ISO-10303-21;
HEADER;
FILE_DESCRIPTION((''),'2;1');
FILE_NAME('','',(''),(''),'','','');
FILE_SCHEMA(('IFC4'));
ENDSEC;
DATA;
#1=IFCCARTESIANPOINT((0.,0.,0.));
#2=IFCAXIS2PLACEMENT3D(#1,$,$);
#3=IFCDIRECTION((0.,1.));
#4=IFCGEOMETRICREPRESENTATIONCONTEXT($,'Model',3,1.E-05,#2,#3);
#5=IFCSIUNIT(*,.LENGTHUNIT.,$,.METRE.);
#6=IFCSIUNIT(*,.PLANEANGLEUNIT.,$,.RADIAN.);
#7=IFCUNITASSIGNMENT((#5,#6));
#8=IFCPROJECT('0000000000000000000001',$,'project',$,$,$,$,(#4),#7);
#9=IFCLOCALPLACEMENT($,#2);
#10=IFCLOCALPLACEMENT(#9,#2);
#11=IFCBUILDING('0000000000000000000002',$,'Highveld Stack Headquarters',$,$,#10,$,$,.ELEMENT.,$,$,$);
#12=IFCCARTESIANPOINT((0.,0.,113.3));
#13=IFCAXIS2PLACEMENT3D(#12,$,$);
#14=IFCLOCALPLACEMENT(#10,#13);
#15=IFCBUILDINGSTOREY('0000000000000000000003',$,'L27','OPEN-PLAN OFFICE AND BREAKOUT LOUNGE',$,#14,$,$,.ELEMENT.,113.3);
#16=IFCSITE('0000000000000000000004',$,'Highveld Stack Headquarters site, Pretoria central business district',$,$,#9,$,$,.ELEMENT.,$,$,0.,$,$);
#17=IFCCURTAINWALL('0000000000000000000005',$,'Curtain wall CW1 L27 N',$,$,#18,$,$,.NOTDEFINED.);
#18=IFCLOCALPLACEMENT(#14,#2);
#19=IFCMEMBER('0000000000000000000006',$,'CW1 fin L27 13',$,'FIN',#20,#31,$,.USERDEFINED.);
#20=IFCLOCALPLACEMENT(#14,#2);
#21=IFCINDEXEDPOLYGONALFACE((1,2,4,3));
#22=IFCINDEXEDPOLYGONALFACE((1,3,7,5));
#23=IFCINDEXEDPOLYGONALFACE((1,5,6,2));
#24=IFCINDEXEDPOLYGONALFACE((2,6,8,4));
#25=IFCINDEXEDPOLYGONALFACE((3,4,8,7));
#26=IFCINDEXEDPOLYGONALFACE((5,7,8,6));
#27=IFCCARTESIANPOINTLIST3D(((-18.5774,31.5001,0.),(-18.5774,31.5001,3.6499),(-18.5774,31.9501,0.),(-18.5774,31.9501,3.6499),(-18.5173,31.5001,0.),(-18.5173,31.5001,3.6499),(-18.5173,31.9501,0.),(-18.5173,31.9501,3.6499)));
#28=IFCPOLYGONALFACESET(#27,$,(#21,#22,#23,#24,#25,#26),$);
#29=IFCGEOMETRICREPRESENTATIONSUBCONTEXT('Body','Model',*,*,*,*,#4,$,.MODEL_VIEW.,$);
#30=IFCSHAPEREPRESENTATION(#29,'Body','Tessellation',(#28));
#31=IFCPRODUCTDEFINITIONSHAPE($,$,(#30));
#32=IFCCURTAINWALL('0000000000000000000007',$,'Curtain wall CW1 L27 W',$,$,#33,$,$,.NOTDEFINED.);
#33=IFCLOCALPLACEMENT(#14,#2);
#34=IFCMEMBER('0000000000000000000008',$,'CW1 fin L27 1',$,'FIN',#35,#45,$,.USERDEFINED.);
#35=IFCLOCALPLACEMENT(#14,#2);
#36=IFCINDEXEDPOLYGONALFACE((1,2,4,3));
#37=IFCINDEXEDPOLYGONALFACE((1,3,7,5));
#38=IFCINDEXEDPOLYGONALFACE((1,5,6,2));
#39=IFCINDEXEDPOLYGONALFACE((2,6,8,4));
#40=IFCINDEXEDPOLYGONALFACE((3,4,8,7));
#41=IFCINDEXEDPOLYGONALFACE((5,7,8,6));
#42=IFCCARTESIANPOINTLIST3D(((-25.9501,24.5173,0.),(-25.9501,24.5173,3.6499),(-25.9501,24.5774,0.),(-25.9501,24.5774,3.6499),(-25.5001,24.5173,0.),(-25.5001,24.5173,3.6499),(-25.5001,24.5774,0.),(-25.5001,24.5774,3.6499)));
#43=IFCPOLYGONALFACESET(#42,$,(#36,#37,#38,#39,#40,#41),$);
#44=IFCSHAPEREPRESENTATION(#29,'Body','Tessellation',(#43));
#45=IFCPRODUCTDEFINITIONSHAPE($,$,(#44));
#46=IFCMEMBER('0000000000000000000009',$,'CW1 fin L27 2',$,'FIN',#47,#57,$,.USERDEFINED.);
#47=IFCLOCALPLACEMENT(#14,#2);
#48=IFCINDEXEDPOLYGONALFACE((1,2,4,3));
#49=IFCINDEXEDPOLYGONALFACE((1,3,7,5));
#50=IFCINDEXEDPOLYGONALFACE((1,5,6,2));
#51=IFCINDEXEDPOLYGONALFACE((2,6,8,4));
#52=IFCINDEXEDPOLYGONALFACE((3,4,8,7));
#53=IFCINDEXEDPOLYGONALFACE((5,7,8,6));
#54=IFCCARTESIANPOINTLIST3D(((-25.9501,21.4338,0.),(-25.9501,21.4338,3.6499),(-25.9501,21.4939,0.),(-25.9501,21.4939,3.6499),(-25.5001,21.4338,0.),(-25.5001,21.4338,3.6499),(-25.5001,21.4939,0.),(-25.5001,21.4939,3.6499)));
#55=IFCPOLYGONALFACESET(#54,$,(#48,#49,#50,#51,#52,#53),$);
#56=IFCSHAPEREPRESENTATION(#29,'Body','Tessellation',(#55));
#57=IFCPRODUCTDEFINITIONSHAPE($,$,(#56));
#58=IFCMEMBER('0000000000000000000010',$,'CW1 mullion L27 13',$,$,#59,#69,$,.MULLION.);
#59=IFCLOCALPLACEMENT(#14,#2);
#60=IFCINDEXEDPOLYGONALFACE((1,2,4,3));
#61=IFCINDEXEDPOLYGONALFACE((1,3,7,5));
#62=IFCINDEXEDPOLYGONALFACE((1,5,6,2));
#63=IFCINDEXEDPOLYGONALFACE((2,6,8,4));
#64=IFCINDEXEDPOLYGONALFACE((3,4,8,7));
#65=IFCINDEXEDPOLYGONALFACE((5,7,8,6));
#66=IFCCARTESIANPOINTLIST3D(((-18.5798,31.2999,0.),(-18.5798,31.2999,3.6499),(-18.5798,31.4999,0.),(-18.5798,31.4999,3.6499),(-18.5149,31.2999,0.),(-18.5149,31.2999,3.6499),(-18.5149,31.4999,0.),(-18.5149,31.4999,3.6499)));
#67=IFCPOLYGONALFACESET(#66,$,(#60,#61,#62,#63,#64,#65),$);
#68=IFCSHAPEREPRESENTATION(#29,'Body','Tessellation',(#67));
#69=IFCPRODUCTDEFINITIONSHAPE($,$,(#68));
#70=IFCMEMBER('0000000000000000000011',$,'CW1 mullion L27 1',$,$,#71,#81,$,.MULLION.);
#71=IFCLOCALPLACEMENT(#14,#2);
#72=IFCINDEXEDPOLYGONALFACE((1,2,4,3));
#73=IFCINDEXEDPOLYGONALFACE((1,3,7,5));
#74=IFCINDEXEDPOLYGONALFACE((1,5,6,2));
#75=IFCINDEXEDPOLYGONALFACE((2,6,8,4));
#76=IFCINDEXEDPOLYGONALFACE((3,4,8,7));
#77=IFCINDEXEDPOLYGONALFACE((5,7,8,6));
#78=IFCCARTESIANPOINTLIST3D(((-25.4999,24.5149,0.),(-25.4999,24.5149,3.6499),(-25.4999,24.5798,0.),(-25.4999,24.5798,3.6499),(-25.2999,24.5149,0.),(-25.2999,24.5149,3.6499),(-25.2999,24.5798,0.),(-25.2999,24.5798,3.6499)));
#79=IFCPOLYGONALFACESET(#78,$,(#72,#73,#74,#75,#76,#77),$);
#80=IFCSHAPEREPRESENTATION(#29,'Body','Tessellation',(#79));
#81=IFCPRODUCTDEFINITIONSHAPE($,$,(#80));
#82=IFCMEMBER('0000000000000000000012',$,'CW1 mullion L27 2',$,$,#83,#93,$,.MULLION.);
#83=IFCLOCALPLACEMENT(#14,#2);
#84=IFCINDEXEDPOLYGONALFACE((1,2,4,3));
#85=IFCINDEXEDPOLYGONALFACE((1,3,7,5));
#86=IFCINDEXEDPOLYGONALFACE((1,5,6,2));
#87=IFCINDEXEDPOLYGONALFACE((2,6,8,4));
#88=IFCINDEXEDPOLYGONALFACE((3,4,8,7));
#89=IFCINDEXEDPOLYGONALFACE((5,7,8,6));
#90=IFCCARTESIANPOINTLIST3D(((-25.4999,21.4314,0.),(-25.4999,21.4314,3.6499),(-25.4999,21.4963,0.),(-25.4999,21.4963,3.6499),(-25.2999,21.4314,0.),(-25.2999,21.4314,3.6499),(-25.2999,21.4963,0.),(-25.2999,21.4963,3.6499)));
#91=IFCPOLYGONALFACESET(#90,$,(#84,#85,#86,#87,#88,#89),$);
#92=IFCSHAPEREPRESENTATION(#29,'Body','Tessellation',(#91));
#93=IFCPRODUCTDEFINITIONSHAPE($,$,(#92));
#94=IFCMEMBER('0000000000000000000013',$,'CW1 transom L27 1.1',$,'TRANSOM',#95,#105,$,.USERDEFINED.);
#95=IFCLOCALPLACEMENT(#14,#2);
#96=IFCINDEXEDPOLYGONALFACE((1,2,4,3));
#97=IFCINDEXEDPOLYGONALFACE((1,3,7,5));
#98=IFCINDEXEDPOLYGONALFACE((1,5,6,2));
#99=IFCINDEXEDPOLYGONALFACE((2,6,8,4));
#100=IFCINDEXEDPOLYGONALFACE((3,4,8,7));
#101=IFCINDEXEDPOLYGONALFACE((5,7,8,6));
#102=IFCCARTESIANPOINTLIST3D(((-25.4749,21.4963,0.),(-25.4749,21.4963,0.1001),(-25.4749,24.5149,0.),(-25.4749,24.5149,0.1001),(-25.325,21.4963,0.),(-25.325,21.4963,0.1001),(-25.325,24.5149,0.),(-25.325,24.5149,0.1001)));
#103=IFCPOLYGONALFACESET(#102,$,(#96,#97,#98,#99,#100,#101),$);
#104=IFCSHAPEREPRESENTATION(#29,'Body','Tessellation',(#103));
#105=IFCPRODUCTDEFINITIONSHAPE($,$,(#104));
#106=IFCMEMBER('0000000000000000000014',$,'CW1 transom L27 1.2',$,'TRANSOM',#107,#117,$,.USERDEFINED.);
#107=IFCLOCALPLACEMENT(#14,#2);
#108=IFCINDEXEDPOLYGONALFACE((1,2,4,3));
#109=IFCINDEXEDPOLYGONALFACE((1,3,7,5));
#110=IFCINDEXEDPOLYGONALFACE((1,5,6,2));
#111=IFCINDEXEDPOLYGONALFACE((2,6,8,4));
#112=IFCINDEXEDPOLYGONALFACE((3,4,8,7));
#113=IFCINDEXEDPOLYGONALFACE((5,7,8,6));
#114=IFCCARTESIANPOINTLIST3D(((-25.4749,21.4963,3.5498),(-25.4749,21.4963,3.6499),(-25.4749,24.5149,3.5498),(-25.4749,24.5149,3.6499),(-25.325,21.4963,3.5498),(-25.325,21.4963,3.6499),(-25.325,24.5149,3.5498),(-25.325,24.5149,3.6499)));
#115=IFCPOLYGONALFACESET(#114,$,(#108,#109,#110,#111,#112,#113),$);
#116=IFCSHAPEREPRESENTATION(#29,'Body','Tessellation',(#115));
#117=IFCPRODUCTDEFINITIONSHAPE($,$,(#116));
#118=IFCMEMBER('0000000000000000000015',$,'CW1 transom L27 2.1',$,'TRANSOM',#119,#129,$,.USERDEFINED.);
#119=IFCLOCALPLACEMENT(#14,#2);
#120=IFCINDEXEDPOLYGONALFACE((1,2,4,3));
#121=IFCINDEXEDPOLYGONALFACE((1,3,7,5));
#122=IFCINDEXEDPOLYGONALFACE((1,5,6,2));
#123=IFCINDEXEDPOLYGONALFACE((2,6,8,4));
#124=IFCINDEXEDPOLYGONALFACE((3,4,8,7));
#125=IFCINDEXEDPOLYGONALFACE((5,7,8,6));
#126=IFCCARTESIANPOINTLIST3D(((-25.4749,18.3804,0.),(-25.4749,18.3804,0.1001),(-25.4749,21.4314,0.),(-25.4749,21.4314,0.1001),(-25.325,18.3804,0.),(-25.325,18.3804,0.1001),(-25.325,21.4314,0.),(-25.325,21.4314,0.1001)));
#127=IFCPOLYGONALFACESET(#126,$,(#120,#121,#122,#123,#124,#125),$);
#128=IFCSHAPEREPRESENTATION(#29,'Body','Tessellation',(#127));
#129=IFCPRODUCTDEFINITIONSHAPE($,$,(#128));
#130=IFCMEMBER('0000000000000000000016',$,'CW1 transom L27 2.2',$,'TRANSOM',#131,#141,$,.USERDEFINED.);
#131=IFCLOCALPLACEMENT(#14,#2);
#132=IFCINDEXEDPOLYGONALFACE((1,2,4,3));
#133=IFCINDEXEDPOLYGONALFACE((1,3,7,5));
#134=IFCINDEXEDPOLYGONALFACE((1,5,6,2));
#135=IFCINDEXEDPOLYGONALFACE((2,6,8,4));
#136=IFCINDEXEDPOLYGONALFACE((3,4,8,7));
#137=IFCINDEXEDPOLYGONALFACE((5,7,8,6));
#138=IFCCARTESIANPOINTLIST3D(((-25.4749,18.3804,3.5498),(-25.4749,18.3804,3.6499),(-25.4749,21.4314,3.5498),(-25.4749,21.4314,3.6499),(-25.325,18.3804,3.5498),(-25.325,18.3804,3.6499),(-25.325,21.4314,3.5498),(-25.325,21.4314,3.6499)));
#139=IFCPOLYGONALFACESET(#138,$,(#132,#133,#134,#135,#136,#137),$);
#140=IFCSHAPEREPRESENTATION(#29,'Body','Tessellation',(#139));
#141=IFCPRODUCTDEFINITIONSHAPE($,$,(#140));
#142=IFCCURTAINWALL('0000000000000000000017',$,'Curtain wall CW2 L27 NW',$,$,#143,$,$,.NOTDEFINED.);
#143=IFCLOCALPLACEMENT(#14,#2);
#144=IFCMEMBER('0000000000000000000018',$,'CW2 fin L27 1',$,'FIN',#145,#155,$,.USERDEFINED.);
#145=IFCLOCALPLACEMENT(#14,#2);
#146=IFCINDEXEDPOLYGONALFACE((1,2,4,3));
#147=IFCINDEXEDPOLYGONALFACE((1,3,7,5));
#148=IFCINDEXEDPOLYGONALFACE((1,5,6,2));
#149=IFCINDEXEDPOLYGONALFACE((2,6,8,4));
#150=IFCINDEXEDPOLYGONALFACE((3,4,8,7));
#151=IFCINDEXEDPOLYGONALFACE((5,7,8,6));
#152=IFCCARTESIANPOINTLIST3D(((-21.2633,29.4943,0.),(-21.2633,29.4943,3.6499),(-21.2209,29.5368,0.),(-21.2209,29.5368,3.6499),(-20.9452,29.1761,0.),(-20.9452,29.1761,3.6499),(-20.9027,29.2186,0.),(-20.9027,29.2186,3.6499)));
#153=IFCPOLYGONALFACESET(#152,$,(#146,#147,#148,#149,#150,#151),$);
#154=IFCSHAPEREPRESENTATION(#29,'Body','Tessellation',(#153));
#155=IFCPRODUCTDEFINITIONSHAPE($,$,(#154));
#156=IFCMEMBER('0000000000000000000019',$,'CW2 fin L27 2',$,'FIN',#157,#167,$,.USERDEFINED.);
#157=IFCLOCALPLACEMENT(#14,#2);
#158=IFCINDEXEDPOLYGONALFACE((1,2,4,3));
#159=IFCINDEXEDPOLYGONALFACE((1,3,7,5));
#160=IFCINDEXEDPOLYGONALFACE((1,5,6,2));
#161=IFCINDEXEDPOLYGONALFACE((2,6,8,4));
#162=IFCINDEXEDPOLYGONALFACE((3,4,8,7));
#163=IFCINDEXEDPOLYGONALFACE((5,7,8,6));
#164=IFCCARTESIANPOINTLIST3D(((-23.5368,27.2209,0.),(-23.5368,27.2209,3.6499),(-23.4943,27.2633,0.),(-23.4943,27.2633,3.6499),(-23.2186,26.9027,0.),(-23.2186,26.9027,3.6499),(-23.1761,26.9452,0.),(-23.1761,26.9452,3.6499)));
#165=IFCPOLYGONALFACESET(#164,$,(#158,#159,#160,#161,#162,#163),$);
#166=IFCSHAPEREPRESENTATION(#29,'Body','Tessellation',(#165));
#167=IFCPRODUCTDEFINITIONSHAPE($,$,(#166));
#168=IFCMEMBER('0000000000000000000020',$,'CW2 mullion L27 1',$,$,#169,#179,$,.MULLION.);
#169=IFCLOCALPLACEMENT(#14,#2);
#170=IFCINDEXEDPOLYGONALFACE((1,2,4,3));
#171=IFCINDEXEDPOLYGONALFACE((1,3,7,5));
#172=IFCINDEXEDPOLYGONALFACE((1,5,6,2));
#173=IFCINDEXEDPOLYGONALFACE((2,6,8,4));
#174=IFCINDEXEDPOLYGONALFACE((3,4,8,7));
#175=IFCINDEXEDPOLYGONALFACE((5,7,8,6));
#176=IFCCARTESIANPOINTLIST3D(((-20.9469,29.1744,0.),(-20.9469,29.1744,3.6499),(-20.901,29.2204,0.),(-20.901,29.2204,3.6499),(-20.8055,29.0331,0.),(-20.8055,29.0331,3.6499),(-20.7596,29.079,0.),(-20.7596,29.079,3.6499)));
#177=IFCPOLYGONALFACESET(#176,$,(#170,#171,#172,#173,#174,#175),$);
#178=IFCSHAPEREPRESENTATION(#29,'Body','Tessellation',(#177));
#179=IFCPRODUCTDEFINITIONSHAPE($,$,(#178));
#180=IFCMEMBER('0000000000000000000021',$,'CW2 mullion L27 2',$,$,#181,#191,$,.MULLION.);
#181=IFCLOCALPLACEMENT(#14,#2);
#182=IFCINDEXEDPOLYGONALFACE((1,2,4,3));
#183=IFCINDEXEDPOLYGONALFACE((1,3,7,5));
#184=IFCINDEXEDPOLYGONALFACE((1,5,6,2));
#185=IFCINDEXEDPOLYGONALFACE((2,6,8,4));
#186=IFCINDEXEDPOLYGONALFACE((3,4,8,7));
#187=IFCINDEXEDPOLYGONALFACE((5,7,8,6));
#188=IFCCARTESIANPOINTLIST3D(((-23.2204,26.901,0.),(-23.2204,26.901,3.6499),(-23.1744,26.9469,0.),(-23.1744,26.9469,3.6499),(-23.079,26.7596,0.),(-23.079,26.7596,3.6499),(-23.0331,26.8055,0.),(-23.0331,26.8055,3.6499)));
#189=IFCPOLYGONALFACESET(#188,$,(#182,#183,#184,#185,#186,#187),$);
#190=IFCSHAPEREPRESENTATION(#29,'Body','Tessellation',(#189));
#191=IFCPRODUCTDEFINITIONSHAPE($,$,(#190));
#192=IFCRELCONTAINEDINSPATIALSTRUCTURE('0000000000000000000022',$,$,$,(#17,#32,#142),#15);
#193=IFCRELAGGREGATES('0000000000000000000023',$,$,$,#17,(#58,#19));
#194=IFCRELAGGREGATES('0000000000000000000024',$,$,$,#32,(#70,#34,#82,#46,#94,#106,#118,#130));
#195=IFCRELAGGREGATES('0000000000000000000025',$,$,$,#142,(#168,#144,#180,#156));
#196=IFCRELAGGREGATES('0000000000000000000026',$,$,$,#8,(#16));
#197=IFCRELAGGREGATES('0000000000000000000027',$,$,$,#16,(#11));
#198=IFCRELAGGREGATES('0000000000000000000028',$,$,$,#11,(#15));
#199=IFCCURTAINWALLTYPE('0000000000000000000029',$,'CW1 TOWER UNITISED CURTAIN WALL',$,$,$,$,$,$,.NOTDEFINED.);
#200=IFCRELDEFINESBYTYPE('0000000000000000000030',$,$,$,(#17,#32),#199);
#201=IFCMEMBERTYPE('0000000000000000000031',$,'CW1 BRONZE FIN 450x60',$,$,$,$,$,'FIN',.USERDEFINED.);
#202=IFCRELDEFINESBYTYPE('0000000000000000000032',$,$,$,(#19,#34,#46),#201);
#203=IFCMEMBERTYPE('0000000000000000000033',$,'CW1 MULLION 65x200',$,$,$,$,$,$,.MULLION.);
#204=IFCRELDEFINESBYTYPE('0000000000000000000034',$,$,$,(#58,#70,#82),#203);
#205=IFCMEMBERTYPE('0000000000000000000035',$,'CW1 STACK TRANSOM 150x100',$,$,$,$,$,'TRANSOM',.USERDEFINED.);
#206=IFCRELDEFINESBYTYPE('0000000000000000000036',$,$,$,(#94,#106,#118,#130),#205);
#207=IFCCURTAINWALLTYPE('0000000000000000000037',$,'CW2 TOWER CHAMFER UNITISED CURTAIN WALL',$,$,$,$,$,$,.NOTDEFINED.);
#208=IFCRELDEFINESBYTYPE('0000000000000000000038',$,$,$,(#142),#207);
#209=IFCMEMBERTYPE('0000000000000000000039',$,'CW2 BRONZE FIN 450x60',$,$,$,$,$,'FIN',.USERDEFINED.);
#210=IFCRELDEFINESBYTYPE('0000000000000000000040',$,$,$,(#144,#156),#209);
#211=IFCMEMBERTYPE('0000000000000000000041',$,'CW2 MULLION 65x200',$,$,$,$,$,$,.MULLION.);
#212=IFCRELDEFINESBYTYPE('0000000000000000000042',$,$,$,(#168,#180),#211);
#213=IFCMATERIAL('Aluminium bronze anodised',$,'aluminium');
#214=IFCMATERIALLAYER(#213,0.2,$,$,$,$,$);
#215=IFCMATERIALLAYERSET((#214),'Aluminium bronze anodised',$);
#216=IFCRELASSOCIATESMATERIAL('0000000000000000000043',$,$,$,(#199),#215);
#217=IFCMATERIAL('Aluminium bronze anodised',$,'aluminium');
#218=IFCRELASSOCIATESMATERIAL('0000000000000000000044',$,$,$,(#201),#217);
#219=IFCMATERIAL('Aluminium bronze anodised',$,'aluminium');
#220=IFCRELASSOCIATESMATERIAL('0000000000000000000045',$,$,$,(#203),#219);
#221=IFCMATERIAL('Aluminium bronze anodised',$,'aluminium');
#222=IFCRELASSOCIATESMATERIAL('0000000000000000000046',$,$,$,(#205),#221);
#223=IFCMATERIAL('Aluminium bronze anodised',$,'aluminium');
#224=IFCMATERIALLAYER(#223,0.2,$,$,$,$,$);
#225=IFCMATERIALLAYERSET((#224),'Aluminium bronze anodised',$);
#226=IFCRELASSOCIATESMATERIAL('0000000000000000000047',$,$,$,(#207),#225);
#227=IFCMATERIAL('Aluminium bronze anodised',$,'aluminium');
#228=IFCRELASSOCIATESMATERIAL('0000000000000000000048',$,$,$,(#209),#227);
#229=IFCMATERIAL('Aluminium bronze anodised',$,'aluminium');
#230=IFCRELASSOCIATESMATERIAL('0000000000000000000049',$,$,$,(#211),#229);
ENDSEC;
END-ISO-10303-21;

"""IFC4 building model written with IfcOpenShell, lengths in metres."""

from ifc_helpers import new_model, si_unit, direction, frame, origin, origin_2d, place, context, subcontext, project, spatial, rectangle, extrude, material, layer, layer_set, material_profile, profile_set, type_object, element, aggregate, save


model = new_model("IFC4")

# Units and contexts
model_context = context("Model", 3, precision=1e-05, world=origin(), true_north=direction((0.0, 1.0)))
body_context = subcontext(model_context, "Body", "Model", "MODEL_VIEW")
ifc_project = project(units=[si_unit("LENGTHUNIT", "METRE"), si_unit("PLANEANGLEUNIT", "RADIAN")], contexts=[model_context])

# Site, building, storey
site_placement = place(None, origin())
site = spatial("IfcSite", under=ifc_project, at=site_placement, Name="Highveld Stack Headquarters site, Pretoria central business district", CompositionType="ELEMENT", RefElevation=0.0)
building_placement = place(site_placement, origin())
building = spatial("IfcBuilding", under=site, at=building_placement, Name="Highveld Stack Headquarters", CompositionType="ELEMENT")
storey_placement = place(building_placement, frame((0.0, 0.0, 113.3)))
storey = spatial("IfcBuildingStorey", under=building, at=storey_placement, Name="L27", Description="OPEN-PLAN OFFICE AND BREAKOUT LOUNGE", CompositionType="ELEMENT", Elevation=113.3)

# Curtain wall, member
ifc_material_1 = material(Name="Aluminium bronze anodised", Category="aluminium")
ifc_layer_1 = layer(ifc_material_1, 0.2)
ifc_layer_set_1 = layer_set([ifc_layer_1], Name="Aluminium bronze anodised")
curtain_wall_type_1 = type_object("IfcCurtainWallType", Name="CW1 TOWER UNITISED CURTAIN WALL", PredefinedType="NOTDEFINED", material=ifc_layer_set_1)
curtain_wall_1_placement = place(storey_placement, origin())
curtain_wall_1 = element("IfcCurtainWall", 1, at=curtain_wall_1_placement, inside=storey, type_object=curtain_wall_type_1, Name="Curtain wall CW1 L27 N", PredefinedType="NOTDEFINED")
ifc_material_2 = material(Name="Aluminium bronze anodised", Category="aluminium")
ifc_material_profile_1 = material_profile(ifc_material_2, rectangle(XDim=0.45, YDim=0.0601, at=origin_2d()), Name="FIN 450x60")
ifc_profile_set_1 = profile_set([ifc_material_profile_1], Name="Aluminium bronze anodised")
member_type_1 = type_object("IfcMemberType", Name="CW1 BRONZE FIN 450x60", ElementType="FIN", PredefinedType="USERDEFINED", material=ifc_profile_set_1)
member_1_placement = place(storey_placement, frame((-18.5474, 31.7251, 0.0), z_axis=(0.0, 0.0, 1.0), x_axis=(0.0, -1.0, 0.0)))
member_1 = element("IfcMember", 2, at=member_1_placement, type_object=member_type_1, Name="CW1 fin L27 13", ObjectType="FIN", PredefinedType="USERDEFINED", context=body_context, shape_type="SweptSolid", body=[
    extrude(rectangle(XDim=0.45, YDim=0.0601, at=origin_2d()), origin(), (0.0, 0.0, 1.0), 3.6499),
])

# Curtain wall, members
curtain_wall_2_placement = place(storey_placement, origin())
curtain_wall_2 = element("IfcCurtainWall", 3, at=curtain_wall_2_placement, inside=storey, type_object=curtain_wall_type_1, Name="Curtain wall CW1 L27 W", PredefinedType="NOTDEFINED")
member_2_placement = place(storey_placement, frame((-25.7251, 24.5474, 0.0), z_axis=(0.0, 0.0, 1.0), x_axis=(1.0, 0.0, 0.0)))
member_2 = element("IfcMember", 4, at=member_2_placement, type_object=member_type_1, Name="CW1 fin L27 1", ObjectType="FIN", PredefinedType="USERDEFINED", context=body_context, shape_type="SweptSolid", body=[
    extrude(rectangle(XDim=0.45, YDim=0.0601, at=origin_2d()), origin(), (0.0, 0.0, 1.0), 3.6499),
])
member_3_placement = place(storey_placement, frame((-25.7251, 21.4639, 0.0), z_axis=(0.0, 0.0, 1.0), x_axis=(1.0, 0.0, 0.0)))
member_3 = element("IfcMember", 5, at=member_3_placement, type_object=member_type_1, Name="CW1 fin L27 2", ObjectType="FIN", PredefinedType="USERDEFINED", context=body_context, shape_type="SweptSolid", body=[
    extrude(rectangle(XDim=0.45, YDim=0.0601, at=origin_2d()), origin(), (0.0, 0.0, 1.0), 3.6499),
])

# Members
ifc_material_3 = material(Name="Aluminium bronze anodised", Category="aluminium")
ifc_material_profile_2 = material_profile(ifc_material_3, rectangle(XDim=0.2, YDim=0.0649, at=origin_2d()), Name="CW1 MULLION 65x200")
ifc_profile_set_2 = profile_set([ifc_material_profile_2], Name="Aluminium bronze anodised")
member_type_2 = type_object("IfcMemberType", Name="CW1 MULLION 65x200", PredefinedType="MULLION", material=ifc_profile_set_2)
member_4_placement = place(storey_placement, frame((-18.5474, 31.3999, 0.0), z_axis=(0.0, 0.0, 1.0), x_axis=(0.0, -1.0, 0.0)))
member_4 = element("IfcMember", 6, at=member_4_placement, type_object=member_type_2, Name="CW1 mullion L27 13", PredefinedType="MULLION", context=body_context, shape_type="SweptSolid", body=[
    extrude(rectangle(XDim=0.2, YDim=0.0649, at=origin_2d()), origin(), (0.0, 0.0, 1.0), 3.6499),
])
aggregate(curtain_wall_1, [member_4, member_1])
member_5_placement = place(storey_placement, frame((-25.3999, 24.5474, 0.0), z_axis=(0.0, 0.0, 1.0), x_axis=(1.0, 0.0, 0.0)))
member_5 = element("IfcMember", 7, at=member_5_placement, type_object=member_type_2, Name="CW1 mullion L27 1", PredefinedType="MULLION", context=body_context, shape_type="SweptSolid", body=[
    extrude(rectangle(XDim=0.2, YDim=0.0649, at=origin_2d()), origin(), (0.0, 0.0, 1.0), 3.6499),
])
member_6_placement = place(storey_placement, frame((-25.3999, 21.4639, 0.0), z_axis=(0.0, 0.0, 1.0), x_axis=(1.0, 0.0, 0.0)))
member_6 = element("IfcMember", 8, at=member_6_placement, type_object=member_type_2, Name="CW1 mullion L27 2", PredefinedType="MULLION", context=body_context, shape_type="SweptSolid", body=[
    extrude(rectangle(XDim=0.2, YDim=0.0649, at=origin_2d()), origin(), (0.0, 0.0, 1.0), 3.6499),
])
ifc_material_4 = material(Name="Aluminium bronze anodised", Category="aluminium")
ifc_material_profile_3 = material_profile(ifc_material_4, rectangle(XDim=0.1499, YDim=0.1001, at=origin_2d()), Name="CW1 TRANSOM 150x100")
ifc_profile_set_3 = profile_set([ifc_material_profile_3], Name="Aluminium bronze anodised")
member_type_3 = type_object("IfcMemberType", Name="CW1 STACK TRANSOM 150x100", ElementType="TRANSOM", PredefinedType="USERDEFINED", material=ifc_profile_set_3)
member_7_placement = place(storey_placement, frame((-25.3999, 24.5149, 0.05), z_axis=(0.0, -1.0, 0.0), x_axis=(1.0, 0.0, 0.0)))
member_7 = element("IfcMember", 9, at=member_7_placement, type_object=member_type_3, Name="CW1 transom L27 1.1", ObjectType="TRANSOM", PredefinedType="USERDEFINED", context=body_context, shape_type="SweptSolid", body=[
    extrude(rectangle(XDim=0.1499, YDim=0.1001, at=origin_2d()), origin(), (0.0, 0.0, 1.0), 3.0186),
])
member_8_placement = place(storey_placement, frame((-25.3999, 24.5149, 3.5999), z_axis=(0.0, -1.0, 0.0), x_axis=(1.0, 0.0, 0.0)))
member_8 = element("IfcMember", 10, at=member_8_placement, type_object=member_type_3, Name="CW1 transom L27 1.2", ObjectType="TRANSOM", PredefinedType="USERDEFINED", context=body_context, shape_type="SweptSolid", body=[
    extrude(rectangle(XDim=0.1499, YDim=0.1001, at=origin_2d()), origin(), (0.0, 0.0, 1.0), 3.0186),
])
member_9_placement = place(storey_placement, frame((-25.3999, 21.4314, 0.05), z_axis=(0.0, -1.0, 0.0), x_axis=(1.0, 0.0, 0.0)))
member_9 = element("IfcMember", 11, at=member_9_placement, type_object=member_type_3, Name="CW1 transom L27 2.1", ObjectType="TRANSOM", PredefinedType="USERDEFINED", context=body_context, shape_type="SweptSolid", body=[
    extrude(rectangle(XDim=0.1499, YDim=0.1001, at=origin_2d()), origin(), (0.0, 0.0, 1.0), 3.051),
])
member_10_placement = place(storey_placement, frame((-25.3999, 21.4314, 3.5999), z_axis=(0.0, -1.0, 0.0), x_axis=(1.0, 0.0, 0.0)))
member_10 = element("IfcMember", 12, at=member_10_placement, type_object=member_type_3, Name="CW1 transom L27 2.2", ObjectType="TRANSOM", PredefinedType="USERDEFINED", context=body_context, shape_type="SweptSolid", body=[
    extrude(rectangle(XDim=0.1499, YDim=0.1001, at=origin_2d()), origin(), (0.0, 0.0, 1.0), 3.051),
])

# Curtain wall, members
ifc_material_5 = material(Name="Aluminium bronze anodised", Category="aluminium")
ifc_layer_2 = layer(ifc_material_5, 0.2)
ifc_layer_set_2 = layer_set([ifc_layer_2], Name="Aluminium bronze anodised")
curtain_wall_type_2 = type_object("IfcCurtainWallType", Name="CW2 TOWER CHAMFER UNITISED CURTAIN WALL", PredefinedType="NOTDEFINED", material=ifc_layer_set_2)
curtain_wall_3_placement = place(storey_placement, origin())
curtain_wall_3 = element("IfcCurtainWall", 13, at=curtain_wall_3_placement, inside=storey, type_object=curtain_wall_type_2, Name="Curtain wall CW2 L27 NW", PredefinedType="NOTDEFINED")
ifc_material_6 = material(Name="Aluminium bronze anodised", Category="aluminium")
ifc_material_profile_4 = material_profile(ifc_material_6, rectangle(XDim=0.45, YDim=0.0601, at=origin_2d()), Name="FIN 450x60")
ifc_profile_set_4 = profile_set([ifc_material_profile_4], Name="Aluminium bronze anodised")
member_type_4 = type_object("IfcMemberType", Name="CW2 BRONZE FIN 450x60", ElementType="FIN", PredefinedType="USERDEFINED", material=ifc_profile_set_4)
member_11_placement = place(storey_placement, frame((-21.083, 29.3564, 0.0), z_axis=(0.0, 0.0, 1.0), x_axis=(0.707107, -0.707107, 0.0)))
member_11 = element("IfcMember", 14, at=member_11_placement, type_object=member_type_4, Name="CW2 fin L27 1", ObjectType="FIN", PredefinedType="USERDEFINED", context=body_context, shape_type="SweptSolid", body=[
    extrude(rectangle(XDim=0.45, YDim=0.0601, at=origin_2d()), origin(), (0.0, 0.0, 1.0), 3.6499),
])
member_12_placement = place(storey_placement, frame((-23.3564, 27.083, 0.0), z_axis=(0.0, 0.0, 1.0), x_axis=(0.707107, -0.707107, 0.0)))
member_12 = element("IfcMember", 15, at=member_12_placement, type_object=member_type_4, Name="CW2 fin L27 2", ObjectType="FIN", PredefinedType="USERDEFINED", context=body_context, shape_type="SweptSolid", body=[
    extrude(rectangle(XDim=0.45, YDim=0.0601, at=origin_2d()), origin(), (0.0, 0.0, 1.0), 3.6499),
])
ifc_material_7 = material(Name="Aluminium bronze anodised", Category="aluminium")
ifc_material_profile_5 = material_profile(ifc_material_7, rectangle(XDim=0.2, YDim=0.0649, at=origin_2d()), Name="CW2 MULLION 65x200")
ifc_profile_set_5 = profile_set([ifc_material_profile_5], Name="Aluminium bronze anodised")
member_type_5 = type_object("IfcMemberType", Name="CW2 MULLION 65x200", PredefinedType="MULLION", material=ifc_profile_set_5)
member_13_placement = place(storey_placement, frame((-20.8533, 29.1267, 0.0), z_axis=(0.0, 0.0, 1.0), x_axis=(0.707107, -0.707107, 0.0)))
member_13 = element("IfcMember", 16, at=member_13_placement, type_object=member_type_5, Name="CW2 mullion L27 1", PredefinedType="MULLION", context=body_context, shape_type="SweptSolid", body=[
    extrude(rectangle(XDim=0.2, YDim=0.0649, at=origin_2d()), origin(), (0.0, 0.0, 1.0), 3.6499),
])
member_14_placement = place(storey_placement, frame((-23.1267, 26.8533, 0.0), z_axis=(0.0, 0.0, 1.0), x_axis=(0.707107, -0.707107, 0.0)))
member_14 = element("IfcMember", 17, at=member_14_placement, type_object=member_type_5, Name="CW2 mullion L27 2", PredefinedType="MULLION", context=body_context, shape_type="SweptSolid", body=[
    extrude(rectangle(XDim=0.2, YDim=0.0649, at=origin_2d()), origin(), (0.0, 0.0, 1.0), 3.6499),
])

aggregate(curtain_wall_2, [member_5, member_2, member_6, member_3, member_7, member_8, member_9, member_10])
aggregate(curtain_wall_3, [member_13, member_11, member_14, member_12])

save(model, "model.ifc")
